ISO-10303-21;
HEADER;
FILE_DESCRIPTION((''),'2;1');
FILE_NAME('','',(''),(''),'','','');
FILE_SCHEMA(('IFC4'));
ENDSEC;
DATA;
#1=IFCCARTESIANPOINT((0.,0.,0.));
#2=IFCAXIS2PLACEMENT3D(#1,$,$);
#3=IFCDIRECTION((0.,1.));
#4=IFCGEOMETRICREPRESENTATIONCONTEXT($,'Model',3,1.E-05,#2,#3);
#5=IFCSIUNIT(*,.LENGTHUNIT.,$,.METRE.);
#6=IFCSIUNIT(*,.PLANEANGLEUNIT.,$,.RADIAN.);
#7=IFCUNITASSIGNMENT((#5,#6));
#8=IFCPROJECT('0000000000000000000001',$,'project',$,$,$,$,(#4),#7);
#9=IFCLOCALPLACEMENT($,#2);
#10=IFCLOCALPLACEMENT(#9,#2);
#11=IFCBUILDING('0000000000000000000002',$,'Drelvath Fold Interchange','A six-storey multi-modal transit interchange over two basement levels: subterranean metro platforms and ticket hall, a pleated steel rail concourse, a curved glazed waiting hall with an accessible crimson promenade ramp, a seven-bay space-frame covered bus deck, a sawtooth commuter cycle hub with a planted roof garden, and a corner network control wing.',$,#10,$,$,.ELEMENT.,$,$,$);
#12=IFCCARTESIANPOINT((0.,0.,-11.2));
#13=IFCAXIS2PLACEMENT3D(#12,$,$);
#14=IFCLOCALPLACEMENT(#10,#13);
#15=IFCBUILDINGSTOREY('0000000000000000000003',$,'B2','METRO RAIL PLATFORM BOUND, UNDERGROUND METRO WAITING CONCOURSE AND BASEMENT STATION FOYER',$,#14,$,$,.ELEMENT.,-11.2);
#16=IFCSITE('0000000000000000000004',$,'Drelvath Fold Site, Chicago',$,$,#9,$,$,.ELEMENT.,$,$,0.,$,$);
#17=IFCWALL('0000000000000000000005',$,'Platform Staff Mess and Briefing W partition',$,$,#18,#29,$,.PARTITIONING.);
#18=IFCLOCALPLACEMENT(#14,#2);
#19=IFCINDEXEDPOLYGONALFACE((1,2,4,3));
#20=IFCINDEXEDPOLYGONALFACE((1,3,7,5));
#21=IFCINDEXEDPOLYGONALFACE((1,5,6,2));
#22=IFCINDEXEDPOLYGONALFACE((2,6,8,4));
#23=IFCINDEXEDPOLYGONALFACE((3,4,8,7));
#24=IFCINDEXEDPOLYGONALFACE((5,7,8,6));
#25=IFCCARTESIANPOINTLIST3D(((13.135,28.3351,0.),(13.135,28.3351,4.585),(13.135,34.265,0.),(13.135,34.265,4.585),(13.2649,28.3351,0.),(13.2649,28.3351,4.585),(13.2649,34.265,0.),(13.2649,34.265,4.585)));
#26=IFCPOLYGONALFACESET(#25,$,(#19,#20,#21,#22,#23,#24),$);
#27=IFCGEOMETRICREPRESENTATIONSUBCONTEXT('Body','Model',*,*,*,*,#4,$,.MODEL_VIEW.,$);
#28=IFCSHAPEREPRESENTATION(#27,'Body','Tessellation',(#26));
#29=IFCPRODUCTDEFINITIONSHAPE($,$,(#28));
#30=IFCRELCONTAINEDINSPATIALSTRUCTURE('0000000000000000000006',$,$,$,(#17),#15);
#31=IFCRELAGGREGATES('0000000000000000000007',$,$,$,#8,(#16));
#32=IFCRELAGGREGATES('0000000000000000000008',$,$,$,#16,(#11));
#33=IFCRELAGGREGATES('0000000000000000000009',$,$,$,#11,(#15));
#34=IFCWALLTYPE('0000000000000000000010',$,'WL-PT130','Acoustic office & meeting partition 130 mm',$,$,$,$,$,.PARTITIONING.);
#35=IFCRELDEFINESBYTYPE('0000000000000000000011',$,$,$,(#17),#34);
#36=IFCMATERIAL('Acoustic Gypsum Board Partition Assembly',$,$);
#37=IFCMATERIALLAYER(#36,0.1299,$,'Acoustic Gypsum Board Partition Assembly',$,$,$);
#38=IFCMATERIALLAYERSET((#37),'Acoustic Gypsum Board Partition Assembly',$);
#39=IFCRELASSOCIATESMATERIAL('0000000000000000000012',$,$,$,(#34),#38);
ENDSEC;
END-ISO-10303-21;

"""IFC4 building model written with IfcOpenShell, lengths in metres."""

from ifc_helpers import new_model, si_unit, direction, frame, frame_2d, origin, place, context, subcontext, project, spatial, rectangle, extrude, material, layer, layer_set, type_object, element, save


model = new_model("IFC4")

# Units and contexts
model_context = context("Model", 3, precision=1e-05, world=origin(), true_north=direction((0.0, 1.0)))
body_context = subcontext(model_context, "Body", "Model", "MODEL_VIEW")
ifc_project = project(units=[si_unit("LENGTHUNIT", "METRE"), si_unit("PLANEANGLEUNIT", "RADIAN")], contexts=[model_context])

# Site, building, storey
site_placement = place(None, origin())
site = spatial("IfcSite", under=ifc_project, at=site_placement, Name="Drelvath Fold Site, Chicago", CompositionType="ELEMENT", RefElevation=0.0)
building_placement = place(site_placement, origin())
building = spatial("IfcBuilding", under=site, at=building_placement, Name="Drelvath Fold Interchange", Description="A six-storey multi-modal transit interchange over two basement levels: subterranean metro platforms and ticket hall, a pleated steel rail concourse, a curved glazed waiting hall with an accessible crimson promenade ramp, a seven-bay space-frame covered bus deck, a sawtooth commuter cycle hub with a planted roof garden, and a corner network control wing.", CompositionType="ELEMENT")
storey_placement = place(building_placement, frame((0.0, 0.0, -11.2)))
storey = spatial("IfcBuildingStorey", under=building, at=storey_placement, Name="B2", Description="METRO RAIL PLATFORM BOUND, UNDERGROUND METRO WAITING CONCOURSE AND BASEMENT STATION FOYER", CompositionType="ELEMENT", Elevation=-11.2)

# Wall
ifc_material_1 = material(Name="Acoustic Gypsum Board Partition Assembly")
ifc_layer = layer(ifc_material_1, 0.1299, Name="Acoustic Gypsum Board Partition Assembly")
ifc_layer_set = layer_set([ifc_layer], Name="Acoustic Gypsum Board Partition Assembly")
wall_type = type_object("IfcWallType", Name="WL-PT130", Description="Acoustic office & meeting partition 130 mm", PredefinedType="PARTITIONING", material=ifc_layer_set)
wall_placement = place(storey_placement, frame((13.2, 34.2649, 0.0), z_axis=(0.0, 0.0, 1.0), x_axis=(0.0, -1.0, 0.0)))
element("IfcWall", 1, at=wall_placement, inside=storey, type_object=wall_type, Name="Platform Staff Mess and Briefing W partition", PredefinedType="PARTITIONING", context=body_context, shape_type="SweptSolid", body=[
    extrude(rectangle(XDim=5.9299, YDim=0.1299, at=frame_2d((2.9648, 0.0))), origin(), (0.0, 0.0, 1.0), 4.585),
])

save(model, "model.ifc")
